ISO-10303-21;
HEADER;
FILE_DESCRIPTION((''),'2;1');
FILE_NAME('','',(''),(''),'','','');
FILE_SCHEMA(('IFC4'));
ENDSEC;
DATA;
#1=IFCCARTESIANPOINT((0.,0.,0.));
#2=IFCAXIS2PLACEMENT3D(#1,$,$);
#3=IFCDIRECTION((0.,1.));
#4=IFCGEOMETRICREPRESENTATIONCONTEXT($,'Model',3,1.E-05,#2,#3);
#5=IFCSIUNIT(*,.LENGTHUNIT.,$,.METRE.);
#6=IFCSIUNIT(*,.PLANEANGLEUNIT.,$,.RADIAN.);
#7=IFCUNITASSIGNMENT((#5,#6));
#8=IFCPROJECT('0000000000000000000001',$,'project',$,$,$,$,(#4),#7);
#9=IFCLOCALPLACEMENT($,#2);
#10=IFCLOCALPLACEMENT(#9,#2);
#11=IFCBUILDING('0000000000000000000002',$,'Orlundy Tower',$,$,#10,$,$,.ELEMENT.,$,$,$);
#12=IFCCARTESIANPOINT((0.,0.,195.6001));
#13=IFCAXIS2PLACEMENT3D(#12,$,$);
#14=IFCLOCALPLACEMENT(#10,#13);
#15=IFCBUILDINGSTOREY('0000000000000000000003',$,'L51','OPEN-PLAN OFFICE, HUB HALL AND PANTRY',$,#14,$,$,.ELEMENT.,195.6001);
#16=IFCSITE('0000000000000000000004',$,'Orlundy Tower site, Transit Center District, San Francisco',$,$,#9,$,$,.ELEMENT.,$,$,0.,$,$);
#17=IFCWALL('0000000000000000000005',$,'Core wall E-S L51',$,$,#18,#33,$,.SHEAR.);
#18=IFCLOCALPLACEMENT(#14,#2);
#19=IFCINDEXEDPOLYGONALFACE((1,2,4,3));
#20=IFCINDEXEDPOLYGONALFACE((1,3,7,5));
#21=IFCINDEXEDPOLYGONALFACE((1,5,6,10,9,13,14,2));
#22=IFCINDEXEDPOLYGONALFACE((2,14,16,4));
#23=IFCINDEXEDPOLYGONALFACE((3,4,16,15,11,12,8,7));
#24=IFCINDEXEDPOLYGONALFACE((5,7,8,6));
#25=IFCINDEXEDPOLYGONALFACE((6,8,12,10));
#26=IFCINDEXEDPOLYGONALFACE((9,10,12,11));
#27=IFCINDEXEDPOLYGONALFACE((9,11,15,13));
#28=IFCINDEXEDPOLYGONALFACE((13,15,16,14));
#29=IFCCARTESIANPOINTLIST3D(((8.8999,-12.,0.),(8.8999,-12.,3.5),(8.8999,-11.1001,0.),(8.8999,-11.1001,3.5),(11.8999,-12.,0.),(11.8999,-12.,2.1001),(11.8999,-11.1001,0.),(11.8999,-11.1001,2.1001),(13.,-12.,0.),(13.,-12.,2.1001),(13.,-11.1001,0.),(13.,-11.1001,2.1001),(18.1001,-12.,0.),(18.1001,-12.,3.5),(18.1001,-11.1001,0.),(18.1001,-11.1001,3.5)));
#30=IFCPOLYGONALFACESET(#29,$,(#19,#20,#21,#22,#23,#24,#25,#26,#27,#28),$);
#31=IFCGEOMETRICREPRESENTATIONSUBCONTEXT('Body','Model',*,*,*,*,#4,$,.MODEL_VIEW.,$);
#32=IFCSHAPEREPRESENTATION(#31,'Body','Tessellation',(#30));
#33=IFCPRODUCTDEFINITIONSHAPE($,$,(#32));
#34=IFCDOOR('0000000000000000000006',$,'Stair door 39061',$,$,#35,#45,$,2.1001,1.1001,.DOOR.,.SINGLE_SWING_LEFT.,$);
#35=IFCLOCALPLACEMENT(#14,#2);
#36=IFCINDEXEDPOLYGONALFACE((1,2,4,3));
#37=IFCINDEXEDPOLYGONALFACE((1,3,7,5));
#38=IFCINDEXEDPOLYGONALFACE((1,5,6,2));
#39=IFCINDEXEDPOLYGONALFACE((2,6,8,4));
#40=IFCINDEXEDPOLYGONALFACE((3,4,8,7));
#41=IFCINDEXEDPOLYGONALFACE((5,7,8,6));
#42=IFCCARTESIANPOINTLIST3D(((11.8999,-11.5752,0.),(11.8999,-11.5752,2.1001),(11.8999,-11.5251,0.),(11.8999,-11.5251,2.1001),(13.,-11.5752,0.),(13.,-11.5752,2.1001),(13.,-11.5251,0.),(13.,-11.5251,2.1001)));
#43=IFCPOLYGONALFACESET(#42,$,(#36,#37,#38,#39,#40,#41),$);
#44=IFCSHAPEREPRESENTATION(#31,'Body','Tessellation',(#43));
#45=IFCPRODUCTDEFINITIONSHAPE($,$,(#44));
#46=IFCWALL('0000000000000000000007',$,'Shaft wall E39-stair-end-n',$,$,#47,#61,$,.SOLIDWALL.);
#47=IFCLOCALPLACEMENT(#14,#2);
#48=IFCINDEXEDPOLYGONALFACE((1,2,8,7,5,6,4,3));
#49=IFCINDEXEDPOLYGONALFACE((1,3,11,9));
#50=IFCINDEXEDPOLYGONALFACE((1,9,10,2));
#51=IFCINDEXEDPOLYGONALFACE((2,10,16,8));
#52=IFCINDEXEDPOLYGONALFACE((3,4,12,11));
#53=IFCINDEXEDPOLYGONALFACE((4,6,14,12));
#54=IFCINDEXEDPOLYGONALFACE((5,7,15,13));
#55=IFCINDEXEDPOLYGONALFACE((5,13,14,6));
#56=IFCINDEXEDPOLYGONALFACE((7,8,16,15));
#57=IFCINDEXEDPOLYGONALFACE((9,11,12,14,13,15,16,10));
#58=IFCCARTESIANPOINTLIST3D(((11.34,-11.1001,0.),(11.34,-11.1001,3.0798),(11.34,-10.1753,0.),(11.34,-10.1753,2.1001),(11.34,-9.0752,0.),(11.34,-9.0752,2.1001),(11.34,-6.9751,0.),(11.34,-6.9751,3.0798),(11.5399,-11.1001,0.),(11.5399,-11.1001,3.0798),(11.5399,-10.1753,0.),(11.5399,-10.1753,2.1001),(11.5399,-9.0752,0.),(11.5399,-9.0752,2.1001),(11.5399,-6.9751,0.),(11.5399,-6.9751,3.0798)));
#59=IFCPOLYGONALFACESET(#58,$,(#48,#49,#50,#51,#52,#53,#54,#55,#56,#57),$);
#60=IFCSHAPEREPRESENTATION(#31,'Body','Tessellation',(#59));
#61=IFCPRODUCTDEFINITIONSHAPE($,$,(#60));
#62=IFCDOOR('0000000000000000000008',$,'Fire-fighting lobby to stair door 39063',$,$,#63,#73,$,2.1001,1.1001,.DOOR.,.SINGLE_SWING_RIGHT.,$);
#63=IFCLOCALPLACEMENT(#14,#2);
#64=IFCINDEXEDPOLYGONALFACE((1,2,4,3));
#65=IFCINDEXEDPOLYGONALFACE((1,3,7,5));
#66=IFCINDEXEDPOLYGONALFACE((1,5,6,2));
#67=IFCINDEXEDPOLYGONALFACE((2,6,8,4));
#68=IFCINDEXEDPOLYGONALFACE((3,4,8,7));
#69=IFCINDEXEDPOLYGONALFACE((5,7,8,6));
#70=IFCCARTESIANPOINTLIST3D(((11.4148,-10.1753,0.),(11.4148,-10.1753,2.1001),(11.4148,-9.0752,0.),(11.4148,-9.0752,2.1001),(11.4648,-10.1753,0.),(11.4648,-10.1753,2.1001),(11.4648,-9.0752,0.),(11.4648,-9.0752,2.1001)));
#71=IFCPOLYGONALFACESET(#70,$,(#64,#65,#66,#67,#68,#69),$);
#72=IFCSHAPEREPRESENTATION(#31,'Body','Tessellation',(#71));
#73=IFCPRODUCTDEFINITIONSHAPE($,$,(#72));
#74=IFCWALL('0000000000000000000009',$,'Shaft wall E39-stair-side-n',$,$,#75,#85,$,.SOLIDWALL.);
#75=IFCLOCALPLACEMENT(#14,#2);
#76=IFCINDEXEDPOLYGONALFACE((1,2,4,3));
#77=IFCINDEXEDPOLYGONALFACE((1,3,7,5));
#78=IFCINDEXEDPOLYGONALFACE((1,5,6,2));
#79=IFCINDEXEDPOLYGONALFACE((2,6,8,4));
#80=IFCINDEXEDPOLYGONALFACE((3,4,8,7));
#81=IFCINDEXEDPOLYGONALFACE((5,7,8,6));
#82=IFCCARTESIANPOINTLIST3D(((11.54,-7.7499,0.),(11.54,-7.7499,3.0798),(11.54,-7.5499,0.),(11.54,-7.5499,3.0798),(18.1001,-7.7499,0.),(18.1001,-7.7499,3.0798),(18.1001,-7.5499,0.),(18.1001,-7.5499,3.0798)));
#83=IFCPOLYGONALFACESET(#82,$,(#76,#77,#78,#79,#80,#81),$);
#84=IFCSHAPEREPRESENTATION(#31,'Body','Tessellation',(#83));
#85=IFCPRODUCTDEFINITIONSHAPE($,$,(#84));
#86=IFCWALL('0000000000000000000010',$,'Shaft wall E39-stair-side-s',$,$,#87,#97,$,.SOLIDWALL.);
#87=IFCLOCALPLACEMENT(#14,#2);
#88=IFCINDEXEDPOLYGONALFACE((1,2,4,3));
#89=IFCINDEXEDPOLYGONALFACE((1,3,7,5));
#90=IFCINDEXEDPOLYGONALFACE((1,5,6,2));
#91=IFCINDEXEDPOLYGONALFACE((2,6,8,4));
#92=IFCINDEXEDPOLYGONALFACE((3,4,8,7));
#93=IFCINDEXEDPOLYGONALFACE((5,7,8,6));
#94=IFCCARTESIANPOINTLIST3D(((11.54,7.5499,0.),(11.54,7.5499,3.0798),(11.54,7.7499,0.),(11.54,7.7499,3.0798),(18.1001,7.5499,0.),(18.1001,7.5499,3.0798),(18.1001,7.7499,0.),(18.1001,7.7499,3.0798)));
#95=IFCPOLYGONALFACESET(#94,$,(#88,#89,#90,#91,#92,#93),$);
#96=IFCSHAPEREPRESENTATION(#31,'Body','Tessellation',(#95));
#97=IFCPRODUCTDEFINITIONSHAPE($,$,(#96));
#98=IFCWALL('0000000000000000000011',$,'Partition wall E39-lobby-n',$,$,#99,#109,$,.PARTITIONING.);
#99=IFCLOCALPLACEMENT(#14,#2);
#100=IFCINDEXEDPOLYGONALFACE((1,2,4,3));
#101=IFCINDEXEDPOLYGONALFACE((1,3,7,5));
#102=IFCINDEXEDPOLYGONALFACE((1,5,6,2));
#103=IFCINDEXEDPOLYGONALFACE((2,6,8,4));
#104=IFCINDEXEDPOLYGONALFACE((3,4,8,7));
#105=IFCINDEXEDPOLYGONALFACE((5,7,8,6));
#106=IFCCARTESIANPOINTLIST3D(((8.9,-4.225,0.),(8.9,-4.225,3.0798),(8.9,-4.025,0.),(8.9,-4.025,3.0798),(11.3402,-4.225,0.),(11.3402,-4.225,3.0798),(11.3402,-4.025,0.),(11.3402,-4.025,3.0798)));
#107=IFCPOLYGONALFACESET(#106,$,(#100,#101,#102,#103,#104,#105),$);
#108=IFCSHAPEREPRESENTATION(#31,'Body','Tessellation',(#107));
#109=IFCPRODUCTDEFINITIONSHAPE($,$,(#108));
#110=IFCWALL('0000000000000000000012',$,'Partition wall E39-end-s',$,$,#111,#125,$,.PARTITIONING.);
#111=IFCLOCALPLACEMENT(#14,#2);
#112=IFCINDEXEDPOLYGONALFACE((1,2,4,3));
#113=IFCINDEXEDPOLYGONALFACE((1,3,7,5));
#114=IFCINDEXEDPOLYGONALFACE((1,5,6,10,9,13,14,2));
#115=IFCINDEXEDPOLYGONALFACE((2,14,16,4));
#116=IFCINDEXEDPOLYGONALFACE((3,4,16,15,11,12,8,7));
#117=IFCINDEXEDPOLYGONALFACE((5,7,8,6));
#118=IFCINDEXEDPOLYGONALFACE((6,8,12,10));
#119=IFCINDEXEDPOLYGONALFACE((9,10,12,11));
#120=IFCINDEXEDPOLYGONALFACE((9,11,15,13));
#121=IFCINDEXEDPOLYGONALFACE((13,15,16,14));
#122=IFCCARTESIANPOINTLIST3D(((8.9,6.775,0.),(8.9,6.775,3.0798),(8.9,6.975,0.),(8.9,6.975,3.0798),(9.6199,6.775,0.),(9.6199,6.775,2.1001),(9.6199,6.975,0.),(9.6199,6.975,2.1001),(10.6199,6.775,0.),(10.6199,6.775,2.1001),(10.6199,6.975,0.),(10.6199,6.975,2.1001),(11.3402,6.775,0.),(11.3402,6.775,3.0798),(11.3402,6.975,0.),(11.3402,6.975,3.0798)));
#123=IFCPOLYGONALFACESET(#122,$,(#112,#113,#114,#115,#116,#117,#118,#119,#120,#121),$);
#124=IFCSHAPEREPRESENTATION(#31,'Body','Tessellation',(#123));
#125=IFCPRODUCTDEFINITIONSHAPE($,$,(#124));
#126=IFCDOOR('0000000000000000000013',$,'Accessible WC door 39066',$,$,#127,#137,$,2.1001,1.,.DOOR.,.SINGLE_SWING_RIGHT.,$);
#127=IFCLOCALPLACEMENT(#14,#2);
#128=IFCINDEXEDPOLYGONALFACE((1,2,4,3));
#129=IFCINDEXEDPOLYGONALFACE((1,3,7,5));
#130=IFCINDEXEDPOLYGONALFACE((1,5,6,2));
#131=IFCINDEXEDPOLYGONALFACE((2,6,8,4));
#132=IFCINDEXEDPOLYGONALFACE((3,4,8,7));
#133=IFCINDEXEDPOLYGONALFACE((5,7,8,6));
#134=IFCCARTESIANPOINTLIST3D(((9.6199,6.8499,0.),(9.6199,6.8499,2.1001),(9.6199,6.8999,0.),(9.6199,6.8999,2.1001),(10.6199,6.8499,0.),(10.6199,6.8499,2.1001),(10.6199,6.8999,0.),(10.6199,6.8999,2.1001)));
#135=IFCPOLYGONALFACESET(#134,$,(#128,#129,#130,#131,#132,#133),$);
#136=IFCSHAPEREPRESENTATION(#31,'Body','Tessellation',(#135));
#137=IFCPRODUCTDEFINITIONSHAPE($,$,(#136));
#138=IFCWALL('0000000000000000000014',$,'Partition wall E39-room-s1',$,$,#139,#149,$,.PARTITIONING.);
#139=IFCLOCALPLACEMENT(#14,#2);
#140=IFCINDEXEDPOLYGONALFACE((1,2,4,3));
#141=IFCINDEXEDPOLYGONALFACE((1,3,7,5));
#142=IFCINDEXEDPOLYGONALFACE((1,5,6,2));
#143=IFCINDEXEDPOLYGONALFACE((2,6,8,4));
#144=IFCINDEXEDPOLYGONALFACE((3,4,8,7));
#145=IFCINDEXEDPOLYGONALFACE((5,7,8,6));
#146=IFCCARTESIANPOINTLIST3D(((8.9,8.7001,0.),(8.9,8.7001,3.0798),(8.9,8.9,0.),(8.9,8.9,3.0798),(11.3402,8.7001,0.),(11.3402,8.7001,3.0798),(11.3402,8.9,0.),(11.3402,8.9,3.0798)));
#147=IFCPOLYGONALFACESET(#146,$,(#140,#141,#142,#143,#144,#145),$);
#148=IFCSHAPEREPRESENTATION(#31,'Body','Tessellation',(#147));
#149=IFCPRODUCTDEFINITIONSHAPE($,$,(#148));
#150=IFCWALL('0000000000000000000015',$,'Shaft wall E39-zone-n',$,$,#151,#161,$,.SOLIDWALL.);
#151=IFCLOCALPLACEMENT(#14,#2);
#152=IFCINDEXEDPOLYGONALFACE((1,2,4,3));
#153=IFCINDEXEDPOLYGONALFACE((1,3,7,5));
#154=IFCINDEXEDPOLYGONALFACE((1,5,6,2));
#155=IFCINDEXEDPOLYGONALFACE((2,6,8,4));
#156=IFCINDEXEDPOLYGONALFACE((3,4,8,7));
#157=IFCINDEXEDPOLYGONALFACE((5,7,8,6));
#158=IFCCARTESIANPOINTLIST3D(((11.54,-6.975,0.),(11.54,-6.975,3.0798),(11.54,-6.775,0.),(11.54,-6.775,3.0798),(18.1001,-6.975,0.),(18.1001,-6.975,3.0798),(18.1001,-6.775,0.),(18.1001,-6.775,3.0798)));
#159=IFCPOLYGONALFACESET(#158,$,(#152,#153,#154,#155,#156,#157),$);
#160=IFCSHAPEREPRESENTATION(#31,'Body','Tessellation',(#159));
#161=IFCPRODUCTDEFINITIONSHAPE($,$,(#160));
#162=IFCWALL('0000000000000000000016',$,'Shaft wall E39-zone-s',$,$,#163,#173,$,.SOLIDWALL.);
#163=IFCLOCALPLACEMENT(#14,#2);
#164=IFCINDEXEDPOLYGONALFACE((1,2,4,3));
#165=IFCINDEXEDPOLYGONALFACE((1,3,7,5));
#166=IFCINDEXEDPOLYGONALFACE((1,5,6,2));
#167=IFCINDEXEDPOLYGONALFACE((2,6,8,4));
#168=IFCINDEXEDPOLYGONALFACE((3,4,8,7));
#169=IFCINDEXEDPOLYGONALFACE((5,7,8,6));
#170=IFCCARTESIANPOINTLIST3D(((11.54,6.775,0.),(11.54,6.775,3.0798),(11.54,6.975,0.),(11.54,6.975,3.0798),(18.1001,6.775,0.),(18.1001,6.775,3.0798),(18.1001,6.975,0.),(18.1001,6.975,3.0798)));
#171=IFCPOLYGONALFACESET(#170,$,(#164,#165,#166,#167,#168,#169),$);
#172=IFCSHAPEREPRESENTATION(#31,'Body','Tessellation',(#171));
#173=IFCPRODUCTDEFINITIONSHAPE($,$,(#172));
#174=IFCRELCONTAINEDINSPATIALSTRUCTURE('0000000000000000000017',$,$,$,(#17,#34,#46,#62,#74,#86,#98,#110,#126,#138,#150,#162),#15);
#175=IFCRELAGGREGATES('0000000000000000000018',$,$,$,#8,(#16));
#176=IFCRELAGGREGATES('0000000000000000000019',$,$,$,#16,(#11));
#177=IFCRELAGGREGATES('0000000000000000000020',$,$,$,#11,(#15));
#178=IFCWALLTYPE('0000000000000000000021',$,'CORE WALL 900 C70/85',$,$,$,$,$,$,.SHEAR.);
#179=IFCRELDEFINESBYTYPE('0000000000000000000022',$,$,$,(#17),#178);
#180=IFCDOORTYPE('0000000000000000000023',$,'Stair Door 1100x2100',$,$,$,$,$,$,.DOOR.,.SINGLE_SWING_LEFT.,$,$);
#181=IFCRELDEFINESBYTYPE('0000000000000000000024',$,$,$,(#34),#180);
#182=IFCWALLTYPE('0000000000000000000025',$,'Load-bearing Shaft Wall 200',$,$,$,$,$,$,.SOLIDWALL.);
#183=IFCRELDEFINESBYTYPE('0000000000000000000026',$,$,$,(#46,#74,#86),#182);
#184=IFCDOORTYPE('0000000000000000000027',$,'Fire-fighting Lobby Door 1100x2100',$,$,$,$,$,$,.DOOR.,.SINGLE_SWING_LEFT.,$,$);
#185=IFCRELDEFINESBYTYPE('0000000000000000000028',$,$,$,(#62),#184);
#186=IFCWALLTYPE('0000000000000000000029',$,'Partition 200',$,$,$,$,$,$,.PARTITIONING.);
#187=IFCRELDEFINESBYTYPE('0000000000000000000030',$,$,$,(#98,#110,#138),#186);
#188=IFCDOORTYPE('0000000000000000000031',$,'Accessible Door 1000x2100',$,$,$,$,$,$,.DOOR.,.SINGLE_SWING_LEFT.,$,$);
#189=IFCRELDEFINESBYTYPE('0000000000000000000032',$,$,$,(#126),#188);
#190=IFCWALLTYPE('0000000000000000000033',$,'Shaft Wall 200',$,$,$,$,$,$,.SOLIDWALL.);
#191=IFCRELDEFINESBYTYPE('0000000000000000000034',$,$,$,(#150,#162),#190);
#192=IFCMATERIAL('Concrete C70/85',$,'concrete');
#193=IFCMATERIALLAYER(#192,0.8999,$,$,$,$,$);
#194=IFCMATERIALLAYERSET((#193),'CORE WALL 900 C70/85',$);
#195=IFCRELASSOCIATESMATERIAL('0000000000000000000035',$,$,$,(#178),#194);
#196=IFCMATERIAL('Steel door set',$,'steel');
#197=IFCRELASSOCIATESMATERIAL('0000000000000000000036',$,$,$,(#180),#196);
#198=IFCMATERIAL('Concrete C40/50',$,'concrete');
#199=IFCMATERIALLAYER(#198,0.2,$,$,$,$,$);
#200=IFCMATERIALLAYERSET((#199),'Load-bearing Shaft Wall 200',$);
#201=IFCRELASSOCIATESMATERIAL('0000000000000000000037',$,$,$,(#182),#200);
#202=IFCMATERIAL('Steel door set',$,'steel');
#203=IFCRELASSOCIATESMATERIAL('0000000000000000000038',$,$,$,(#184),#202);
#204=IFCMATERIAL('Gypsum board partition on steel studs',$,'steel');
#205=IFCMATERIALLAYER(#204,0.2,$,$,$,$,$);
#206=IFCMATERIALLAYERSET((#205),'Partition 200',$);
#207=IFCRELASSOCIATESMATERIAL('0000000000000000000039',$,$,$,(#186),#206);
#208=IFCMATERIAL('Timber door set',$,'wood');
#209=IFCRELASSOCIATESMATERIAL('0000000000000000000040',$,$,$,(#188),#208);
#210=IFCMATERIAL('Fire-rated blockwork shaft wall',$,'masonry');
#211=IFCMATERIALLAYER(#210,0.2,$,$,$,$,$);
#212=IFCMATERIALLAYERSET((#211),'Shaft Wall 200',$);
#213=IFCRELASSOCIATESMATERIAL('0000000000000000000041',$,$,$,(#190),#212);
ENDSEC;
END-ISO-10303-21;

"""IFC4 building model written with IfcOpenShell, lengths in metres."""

from ifc_helpers import new_model, si_unit, direction, frame, frame_2d, origin, place, context, subcontext, project, spatial, rectangle, extrude, material, layer, layer_set, type_object, element, fill, save


model = new_model("IFC4")

# Units and contexts
model_context = context("Model", 3, precision=1e-05, world=origin(), true_north=direction((0.0, 1.0)))
body_context = subcontext(model_context, "Body", "Model", "MODEL_VIEW")
ifc_project = project(units=[si_unit("LENGTHUNIT", "METRE"), si_unit("PLANEANGLEUNIT", "RADIAN")], contexts=[model_context])

# Site, building, storey
site_placement = place(None, origin())
site = spatial("IfcSite", under=ifc_project, at=site_placement, Name="Orlundy Tower site, Transit Center District, San Francisco", CompositionType="ELEMENT", RefElevation=0.0)
building_placement = place(site_placement, origin())
building = spatial("IfcBuilding", under=site, at=building_placement, Name="Orlundy Tower", CompositionType="ELEMENT")
storey_placement = place(building_placement, frame((0.0, 0.0, 195.6001)))
storey = spatial("IfcBuildingStorey", under=building, at=storey_placement, Name="L51", Description="OPEN-PLAN OFFICE, HUB HALL AND PANTRY", CompositionType="ELEMENT", Elevation=195.6001)

# Walls, openings, doors
ifc_material_1 = material(Name="Concrete C70/85", Category="concrete")
ifc_layer_1 = layer(ifc_material_1, 0.8999)
ifc_layer_set_1 = layer_set([ifc_layer_1], Name="CORE WALL 900 C70/85")
wall_type_1 = type_object("IfcWallType", Name="CORE WALL 900 C70/85", PredefinedType="SHEAR", material=ifc_layer_set_1)
wall_1_placement = place(storey_placement, frame((8.8999, -11.55, 0.0), z_axis=(0.0, 0.0, 1.0), x_axis=(1.0, 0.0, 0.0)))
wall_1 = element("IfcWall", 1, at=wall_1_placement, inside=storey, type_object=wall_type_1, Name="Core wall E-S L51", PredefinedType="SHEAR", context=body_context, shape_type="SweptSolid", body=[
    extrude(rectangle(XDim=9.2002, YDim=0.8999, at=frame_2d((4.6001, 0.0))), origin(), (0.0, 0.0, 1.0), 3.5),
])
opening_1_placement = place(wall_1_placement, frame((3.0, 0.0, 0.0)))
opening_1 = element("IfcOpeningElement", 2, at=opening_1_placement, cuts=wall_1, PredefinedType="OPENING", context=body_context, shape_type="SweptSolid", body=[
    extrude(rectangle(XDim=1.1001, YDim=2.1001, at=frame_2d((0.55, 1.05))), frame((0.0, 0.46, 0.0), z_axis=(0.0, -1.0, 0.0), x_axis=(1.0, 0.0, 0.0)), (0.0, 0.0, 1.0), 0.9199),
])
ifc_material_2 = material(Name="Steel door set", Category="steel")
door_type_1 = type_object("IfcDoorType", Name="Stair Door 1100x2100", OperationType="SINGLE_SWING_LEFT", PredefinedType="DOOR", material=ifc_material_2)
door_1_placement = place(opening_1_placement, origin())
door_1 = element("IfcDoor", 3, at=door_1_placement, inside=storey, type_object=door_type_1, Name="Stair door 39061", OperationType="SINGLE_SWING_LEFT", OverallHeight=2.1001, OverallWidth=1.1001, PredefinedType="DOOR", context=body_context, shape_type="SweptSolid", body=[
    extrude(rectangle(XDim=1.1001, YDim=2.1001, at=frame_2d((0.55, 1.05))), frame((0.0, 0.0249, 0.0), z_axis=(0.0, -1.0, 0.0), x_axis=(1.0, 0.0, 0.0)), (0.0, 0.0, 1.0), 0.05),
])
fill(opening_1, door_1)
ifc_material_3 = material(Name="Concrete C40/50", Category="concrete")
ifc_layer_2 = layer(ifc_material_3, 0.2)
ifc_layer_set_2 = layer_set([ifc_layer_2], Name="Load-bearing Shaft Wall 200")
wall_type_2 = type_object("IfcWallType", Name="Load-bearing Shaft Wall 200", PredefinedType="SOLIDWALL", material=ifc_layer_set_2)
wall_2_placement = place(storey_placement, frame((11.4399, -6.9751, 0.0), z_axis=(0.0, 0.0, 1.0), x_axis=(0.0, -1.0, 0.0)))
wall_2 = element("IfcWall", 4, at=wall_2_placement, inside=storey, type_object=wall_type_2, Name="Shaft wall E39-stair-end-n", PredefinedType="SOLIDWALL", context=body_context, shape_type="SweptSolid", body=[
    extrude(rectangle(XDim=4.125, YDim=0.2, at=frame_2d((2.0625, 0.0))), origin(), (0.0, 0.0, 1.0), 3.0798),
])
opening_2_placement = place(wall_2_placement, frame((2.1001, 0.0, 0.0)))
opening_2 = element("IfcOpeningElement", 5, at=opening_2_placement, cuts=wall_2, PredefinedType="OPENING", context=body_context, shape_type="SweptSolid", body=[
    extrude(rectangle(XDim=1.1001, YDim=2.1001, at=frame_2d((0.55, 1.05))), frame((0.0, 0.1101, 0.0), z_axis=(0.0, -1.0, 0.0), x_axis=(1.0, 0.0, 0.0)), (0.0, 0.0, 1.0), 0.2202),
])
ifc_material_4 = material(Name="Steel door set", Category="steel")
door_type_2 = type_object("IfcDoorType", Name="Fire-fighting Lobby Door 1100x2100", OperationType="SINGLE_SWING_LEFT", PredefinedType="DOOR", material=ifc_material_4)
door_2_placement = place(opening_2_placement, origin())
door_2 = element("IfcDoor", 6, at=door_2_placement, inside=storey, type_object=door_type_2, Name="Fire-fighting lobby to stair door 39063", OperationType="SINGLE_SWING_RIGHT", OverallHeight=2.1001, OverallWidth=1.1001, PredefinedType="DOOR", context=body_context, shape_type="SweptSolid", body=[
    extrude(rectangle(XDim=1.1001, YDim=2.1001, at=frame_2d((0.55, 1.05))), frame((0.0, 0.0249, 0.0), z_axis=(0.0, -1.0, 0.0), x_axis=(1.0, 0.0, 0.0)), (0.0, 0.0, 1.0), 0.05),
])
fill(opening_2, door_2)

# Walls
for number, where, z_axis, x_axis, name in (
    (7, (11.54, -7.6499, 0.0), (0.0, 0.0, 1.0), (1.0, 0.0, 0.0), "Shaft wall E39-stair-side-n"),
    (8, (11.54, 7.6499, 0.0), (0.0, 0.0, 1.0), (1.0, 0.0, 0.0), "Shaft wall E39-stair-side-s"),
):
    element("IfcWall", number, at=place(storey_placement, frame(where, z_axis=z_axis, x_axis=x_axis)), inside=storey, type_object=wall_type_2, Name=name, PredefinedType="SOLIDWALL", context=body_context, shape_type="SweptSolid", body=[
        extrude(rectangle(XDim=6.5601, YDim=0.2, at=frame_2d((3.28, 0.0))), origin(), (0.0, 0.0, 1.0), 3.0798),
    ])
ifc_material_5 = material(Name="Gypsum board partition on steel studs", Category="steel")
ifc_layer_3 = layer(ifc_material_5, 0.2)
ifc_layer_set_3 = layer_set([ifc_layer_3], Name="Partition 200")
wall_type_3 = type_object("IfcWallType", Name="Partition 200", PredefinedType="PARTITIONING", material=ifc_layer_set_3)
wall_3_placement = place(storey_placement, frame((8.8999, -4.125, 0.0), z_axis=(0.0, 0.0, 1.0), x_axis=(1.0, 0.0, 0.0)))
element("IfcWall", 9, at=wall_3_placement, inside=storey, type_object=wall_type_3, Name="Partition wall E39-lobby-n", PredefinedType="PARTITIONING", context=body_context, shape_type="SweptSolid", body=[
    extrude(rectangle(XDim=2.4402, YDim=0.2, at=frame_2d((1.2202, 0.0))), origin(), (0.0, 0.0, 1.0), 3.0798),
])

# Wall, opening, door
wall_4_placement = place(storey_placement, frame((8.8999, 6.875, 0.0), z_axis=(0.0, 0.0, 1.0), x_axis=(1.0, 0.0, 0.0)))
wall_4 = element("IfcWall", 10, at=wall_4_placement, inside=storey, type_object=wall_type_3, Name="Partition wall E39-end-s", PredefinedType="PARTITIONING", context=body_context, shape_type="SweptSolid", body=[
    extrude(rectangle(XDim=2.4402, YDim=0.2, at=frame_2d((1.2202, 0.0))), origin(), (0.0, 0.0, 1.0), 3.0798),
])
opening_3_placement = place(wall_4_placement, frame((0.72, 0.0, 0.0)))
opening_3 = element("IfcOpeningElement", 11, at=opening_3_placement, cuts=wall_4, PredefinedType="OPENING", context=body_context, shape_type="SweptSolid", body=[
    extrude(rectangle(XDim=1.0, YDim=2.1001, at=frame_2d((0.5, 1.05))), frame((0.0, 0.1101, 0.0), z_axis=(0.0, -1.0, 0.0), x_axis=(1.0, 0.0, 0.0)), (0.0, 0.0, 1.0), 0.2202),
])
ifc_material_6 = material(Name="Timber door set", Category="wood")
door_type_3 = type_object("IfcDoorType", Name="Accessible Door 1000x2100", OperationType="SINGLE_SWING_LEFT", PredefinedType="DOOR", material=ifc_material_6)
door_3_placement = place(opening_3_placement, origin())
door_3 = element("IfcDoor", 12, at=door_3_placement, inside=storey, type_object=door_type_3, Name="Accessible WC door 39066", OperationType="SINGLE_SWING_RIGHT", OverallHeight=2.1001, OverallWidth=1.0, PredefinedType="DOOR", context=body_context, shape_type="SweptSolid", body=[
    extrude(rectangle(XDim=1.0, YDim=2.1001, at=frame_2d((0.5, 1.05))), frame((0.0, 0.0249, 0.0), z_axis=(0.0, -1.0, 0.0), x_axis=(1.0, 0.0, 0.0)), (0.0, 0.0, 1.0), 0.05),
])
fill(opening_3, door_3)

# Walls
wall_5_placement = place(storey_placement, frame((8.8999, 8.8, 0.0), z_axis=(0.0, 0.0, 1.0), x_axis=(1.0, 0.0, 0.0)))
element("IfcWall", 13, at=wall_5_placement, inside=storey, type_object=wall_type_3, Name="Partition wall E39-room-s1", PredefinedType="PARTITIONING", context=body_context, shape_type="SweptSolid", body=[
    extrude(rectangle(XDim=2.4402, YDim=0.2, at=frame_2d((1.2202, 0.0))), origin(), (0.0, 0.0, 1.0), 3.0798),
])
ifc_material_7 = material(Name="Fire-rated blockwork shaft wall", Category="masonry")
ifc_layer_4 = layer(ifc_material_7, 0.2)
ifc_layer_set_4 = layer_set([ifc_layer_4], Name="Shaft Wall 200")
wall_type_4 = type_object("IfcWallType", Name="Shaft Wall 200", PredefinedType="SOLIDWALL", material=ifc_layer_set_4)
for number, where, z_axis, x_axis, name in (
    (14, (11.54, -6.875, 0.0), (0.0, 0.0, 1.0), (1.0, 0.0, 0.0), "Shaft wall E39-zone-n"),
    (15, (11.54, 6.875, 0.0), (0.0, 0.0, 1.0), (1.0, 0.0, 0.0), "Shaft wall E39-zone-s"),
):
    element("IfcWall", number, at=place(storey_placement, frame(where, z_axis=z_axis, x_axis=x_axis)), inside=storey, type_object=wall_type_4, Name=name, PredefinedType="SOLIDWALL", context=body_context, shape_type="SweptSolid", body=[
        extrude(rectangle(XDim=6.5601, YDim=0.2, at=frame_2d((3.28, 0.0))), origin(), (0.0, 0.0, 1.0), 3.0798),
    ])

save(model, "model.ifc")
